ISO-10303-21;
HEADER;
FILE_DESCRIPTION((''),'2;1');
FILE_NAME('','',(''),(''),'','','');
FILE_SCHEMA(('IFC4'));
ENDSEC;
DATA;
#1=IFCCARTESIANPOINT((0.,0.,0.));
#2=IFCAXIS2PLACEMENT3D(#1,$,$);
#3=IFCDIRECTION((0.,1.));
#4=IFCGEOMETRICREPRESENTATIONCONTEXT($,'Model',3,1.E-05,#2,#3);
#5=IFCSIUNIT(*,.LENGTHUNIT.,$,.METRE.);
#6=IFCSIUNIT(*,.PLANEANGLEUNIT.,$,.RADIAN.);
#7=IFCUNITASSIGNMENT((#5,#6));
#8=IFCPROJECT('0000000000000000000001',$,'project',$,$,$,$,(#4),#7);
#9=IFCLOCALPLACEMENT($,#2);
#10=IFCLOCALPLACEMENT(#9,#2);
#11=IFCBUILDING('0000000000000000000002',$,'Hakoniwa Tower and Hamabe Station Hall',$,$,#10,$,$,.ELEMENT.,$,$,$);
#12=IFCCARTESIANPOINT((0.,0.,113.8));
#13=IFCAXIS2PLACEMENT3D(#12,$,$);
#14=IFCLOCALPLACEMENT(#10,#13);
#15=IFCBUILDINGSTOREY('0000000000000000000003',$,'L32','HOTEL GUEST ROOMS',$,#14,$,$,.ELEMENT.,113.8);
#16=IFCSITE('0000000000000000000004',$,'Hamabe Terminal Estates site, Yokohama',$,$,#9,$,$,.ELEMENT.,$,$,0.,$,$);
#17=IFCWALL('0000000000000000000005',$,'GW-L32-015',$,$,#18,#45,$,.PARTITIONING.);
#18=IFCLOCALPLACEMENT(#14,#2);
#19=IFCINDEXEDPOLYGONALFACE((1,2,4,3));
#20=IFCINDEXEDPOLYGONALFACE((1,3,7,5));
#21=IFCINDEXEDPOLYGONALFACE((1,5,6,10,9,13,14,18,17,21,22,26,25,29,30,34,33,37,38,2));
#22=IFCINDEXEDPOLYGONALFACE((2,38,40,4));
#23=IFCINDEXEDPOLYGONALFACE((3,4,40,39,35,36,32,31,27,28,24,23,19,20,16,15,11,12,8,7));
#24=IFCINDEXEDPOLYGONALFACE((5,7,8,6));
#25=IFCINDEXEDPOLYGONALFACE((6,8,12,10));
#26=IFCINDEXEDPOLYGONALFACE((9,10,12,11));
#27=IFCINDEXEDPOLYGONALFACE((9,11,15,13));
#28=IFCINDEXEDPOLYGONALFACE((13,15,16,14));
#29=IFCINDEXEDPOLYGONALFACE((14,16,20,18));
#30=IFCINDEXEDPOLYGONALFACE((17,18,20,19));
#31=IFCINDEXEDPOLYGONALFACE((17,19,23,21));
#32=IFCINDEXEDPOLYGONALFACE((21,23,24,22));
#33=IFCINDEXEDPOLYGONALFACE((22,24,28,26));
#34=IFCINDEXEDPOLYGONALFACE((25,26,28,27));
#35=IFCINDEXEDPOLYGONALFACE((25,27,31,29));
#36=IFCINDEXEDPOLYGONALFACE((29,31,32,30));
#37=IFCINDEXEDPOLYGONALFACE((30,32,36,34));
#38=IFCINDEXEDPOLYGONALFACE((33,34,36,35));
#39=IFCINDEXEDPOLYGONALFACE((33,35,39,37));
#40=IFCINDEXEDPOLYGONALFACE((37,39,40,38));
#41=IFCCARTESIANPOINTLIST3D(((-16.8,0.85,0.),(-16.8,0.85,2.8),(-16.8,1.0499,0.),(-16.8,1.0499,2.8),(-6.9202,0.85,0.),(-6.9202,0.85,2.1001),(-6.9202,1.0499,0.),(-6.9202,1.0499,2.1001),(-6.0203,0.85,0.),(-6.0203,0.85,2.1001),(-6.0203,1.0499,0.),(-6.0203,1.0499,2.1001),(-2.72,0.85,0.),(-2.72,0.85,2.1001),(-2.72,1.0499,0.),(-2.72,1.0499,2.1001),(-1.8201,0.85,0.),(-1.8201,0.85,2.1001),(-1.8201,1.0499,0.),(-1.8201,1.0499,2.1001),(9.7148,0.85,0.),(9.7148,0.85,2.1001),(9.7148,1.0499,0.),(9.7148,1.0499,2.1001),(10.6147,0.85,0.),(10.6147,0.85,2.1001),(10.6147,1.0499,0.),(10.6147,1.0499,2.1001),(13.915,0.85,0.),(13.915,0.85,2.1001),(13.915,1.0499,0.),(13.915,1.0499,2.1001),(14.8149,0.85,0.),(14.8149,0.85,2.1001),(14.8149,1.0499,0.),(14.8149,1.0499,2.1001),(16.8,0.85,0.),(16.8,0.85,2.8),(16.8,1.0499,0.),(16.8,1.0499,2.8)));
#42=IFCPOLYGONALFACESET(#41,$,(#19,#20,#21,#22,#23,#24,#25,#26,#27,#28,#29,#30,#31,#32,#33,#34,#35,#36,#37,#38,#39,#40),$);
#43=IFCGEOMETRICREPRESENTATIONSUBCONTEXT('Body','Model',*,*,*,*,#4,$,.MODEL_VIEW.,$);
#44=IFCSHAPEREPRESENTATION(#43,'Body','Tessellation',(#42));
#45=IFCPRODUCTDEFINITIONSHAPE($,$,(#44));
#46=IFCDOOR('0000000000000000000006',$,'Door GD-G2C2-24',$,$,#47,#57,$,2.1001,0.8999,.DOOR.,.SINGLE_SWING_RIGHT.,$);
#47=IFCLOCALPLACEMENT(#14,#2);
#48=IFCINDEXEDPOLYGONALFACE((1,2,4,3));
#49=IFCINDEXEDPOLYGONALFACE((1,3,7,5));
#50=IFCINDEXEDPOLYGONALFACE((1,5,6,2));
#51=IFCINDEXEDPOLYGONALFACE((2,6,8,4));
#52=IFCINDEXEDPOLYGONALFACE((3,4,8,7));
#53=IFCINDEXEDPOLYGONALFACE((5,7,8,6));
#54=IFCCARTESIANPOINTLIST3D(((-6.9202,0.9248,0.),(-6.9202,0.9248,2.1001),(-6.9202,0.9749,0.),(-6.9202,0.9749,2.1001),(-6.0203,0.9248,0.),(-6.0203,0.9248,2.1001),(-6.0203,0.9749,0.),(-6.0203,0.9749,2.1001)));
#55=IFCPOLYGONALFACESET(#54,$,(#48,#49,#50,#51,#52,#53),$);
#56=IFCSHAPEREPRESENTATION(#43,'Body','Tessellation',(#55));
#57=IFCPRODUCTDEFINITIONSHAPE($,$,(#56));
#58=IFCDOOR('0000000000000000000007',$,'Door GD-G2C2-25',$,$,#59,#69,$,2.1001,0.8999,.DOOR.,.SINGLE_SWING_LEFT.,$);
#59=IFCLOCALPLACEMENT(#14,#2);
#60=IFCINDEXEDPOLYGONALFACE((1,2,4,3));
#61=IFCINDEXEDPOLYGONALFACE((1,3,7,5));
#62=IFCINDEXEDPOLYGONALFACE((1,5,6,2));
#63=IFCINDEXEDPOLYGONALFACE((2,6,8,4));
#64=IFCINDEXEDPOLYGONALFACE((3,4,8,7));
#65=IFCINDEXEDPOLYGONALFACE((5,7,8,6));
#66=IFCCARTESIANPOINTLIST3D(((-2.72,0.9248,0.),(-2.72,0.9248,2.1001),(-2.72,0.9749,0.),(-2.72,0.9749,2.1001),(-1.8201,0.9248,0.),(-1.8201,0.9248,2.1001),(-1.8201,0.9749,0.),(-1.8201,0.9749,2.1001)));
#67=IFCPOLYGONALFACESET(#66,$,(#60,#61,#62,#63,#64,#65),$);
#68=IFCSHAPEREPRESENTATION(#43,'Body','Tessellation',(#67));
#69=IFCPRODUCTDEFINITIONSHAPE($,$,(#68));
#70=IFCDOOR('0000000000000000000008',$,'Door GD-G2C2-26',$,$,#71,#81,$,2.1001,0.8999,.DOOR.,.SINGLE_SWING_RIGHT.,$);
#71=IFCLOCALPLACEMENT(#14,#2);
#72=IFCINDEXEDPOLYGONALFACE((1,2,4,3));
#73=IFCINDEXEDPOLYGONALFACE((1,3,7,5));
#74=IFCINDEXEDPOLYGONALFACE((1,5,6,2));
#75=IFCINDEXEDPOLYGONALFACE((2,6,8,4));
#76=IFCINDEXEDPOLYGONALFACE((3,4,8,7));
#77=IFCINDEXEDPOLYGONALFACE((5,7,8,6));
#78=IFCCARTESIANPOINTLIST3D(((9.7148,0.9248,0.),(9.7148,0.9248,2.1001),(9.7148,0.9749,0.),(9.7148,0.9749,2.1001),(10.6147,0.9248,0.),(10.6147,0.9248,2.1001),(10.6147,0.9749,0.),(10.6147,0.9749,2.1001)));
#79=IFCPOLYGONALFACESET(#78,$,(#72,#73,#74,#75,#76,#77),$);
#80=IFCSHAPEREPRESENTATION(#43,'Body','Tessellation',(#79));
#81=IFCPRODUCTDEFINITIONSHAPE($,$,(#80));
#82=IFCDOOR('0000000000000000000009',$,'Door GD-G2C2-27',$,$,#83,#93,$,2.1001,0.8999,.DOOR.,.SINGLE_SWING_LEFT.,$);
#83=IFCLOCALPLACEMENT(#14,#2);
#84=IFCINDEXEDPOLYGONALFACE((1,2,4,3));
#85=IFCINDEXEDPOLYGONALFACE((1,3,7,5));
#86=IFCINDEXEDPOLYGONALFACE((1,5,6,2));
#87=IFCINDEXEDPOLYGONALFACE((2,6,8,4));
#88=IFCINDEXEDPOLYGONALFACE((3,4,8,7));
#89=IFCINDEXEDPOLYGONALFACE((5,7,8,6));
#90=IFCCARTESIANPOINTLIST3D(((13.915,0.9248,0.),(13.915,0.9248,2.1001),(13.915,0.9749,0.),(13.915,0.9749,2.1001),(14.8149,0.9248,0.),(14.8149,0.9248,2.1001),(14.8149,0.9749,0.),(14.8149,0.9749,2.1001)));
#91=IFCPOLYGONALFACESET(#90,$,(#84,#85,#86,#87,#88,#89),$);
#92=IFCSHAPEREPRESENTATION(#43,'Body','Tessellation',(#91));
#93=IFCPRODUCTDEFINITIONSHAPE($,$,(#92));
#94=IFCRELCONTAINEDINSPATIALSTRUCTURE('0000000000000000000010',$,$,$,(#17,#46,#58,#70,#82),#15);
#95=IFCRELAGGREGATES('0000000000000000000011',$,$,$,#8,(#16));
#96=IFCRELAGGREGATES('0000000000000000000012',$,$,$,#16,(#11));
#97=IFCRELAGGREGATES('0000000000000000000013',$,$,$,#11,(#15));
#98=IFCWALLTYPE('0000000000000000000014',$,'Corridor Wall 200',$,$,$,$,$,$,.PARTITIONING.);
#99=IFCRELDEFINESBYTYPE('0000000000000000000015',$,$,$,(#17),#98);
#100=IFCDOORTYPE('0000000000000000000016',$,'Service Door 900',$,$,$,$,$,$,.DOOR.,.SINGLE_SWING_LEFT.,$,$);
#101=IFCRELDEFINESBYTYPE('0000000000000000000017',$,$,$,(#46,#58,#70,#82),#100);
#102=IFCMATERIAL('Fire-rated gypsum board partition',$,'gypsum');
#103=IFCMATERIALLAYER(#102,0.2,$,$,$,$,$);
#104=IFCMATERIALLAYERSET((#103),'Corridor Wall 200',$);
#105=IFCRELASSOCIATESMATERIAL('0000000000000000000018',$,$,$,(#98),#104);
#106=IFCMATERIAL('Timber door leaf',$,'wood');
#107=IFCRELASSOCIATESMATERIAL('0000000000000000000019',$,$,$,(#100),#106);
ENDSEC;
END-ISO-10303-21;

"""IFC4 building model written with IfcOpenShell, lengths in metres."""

from ifc_helpers import new_model, si_unit, direction, frame, frame_2d, origin, place, context, subcontext, project, spatial, rectangle, extrude, material, layer, layer_set, type_object, element, fill, save


model = new_model("IFC4")

# Units and contexts
model_context = context("Model", 3, precision=1e-05, world=origin(), true_north=direction((0.0, 1.0)))
body_context = subcontext(model_context, "Body", "Model", "MODEL_VIEW")
ifc_project = project(units=[si_unit("LENGTHUNIT", "METRE"), si_unit("PLANEANGLEUNIT", "RADIAN")], contexts=[model_context])

# Site, building, storey
site_placement = place(None, origin())
site = spatial("IfcSite", under=ifc_project, at=site_placement, Name="Hamabe Terminal Estates site, Yokohama", CompositionType="ELEMENT", RefElevation=0.0)
building_placement = place(site_placement, origin())
building = spatial("IfcBuilding", under=site, at=building_placement, Name="Hakoniwa Tower and Hamabe Station Hall", CompositionType="ELEMENT")
storey_placement = place(building_placement, frame((0.0, 0.0, 113.8)))
storey = spatial("IfcBuildingStorey", under=building, at=storey_placement, Name="L32", Description="HOTEL GUEST ROOMS", CompositionType="ELEMENT", Elevation=113.8)

# Wall, openings, doors
ifc_material_1 = material(Name="Fire-rated gypsum board partition", Category="gypsum")
ifc_layer_1 = layer(ifc_material_1, 0.2)
ifc_layer_set_1 = layer_set([ifc_layer_1], Name="Corridor Wall 200")
wall_type_1 = type_object("IfcWallType", Name="Corridor Wall 200", PredefinedType="PARTITIONING", material=ifc_layer_set_1)
ifc_material_2 = material(Name="Timber door leaf", Category="wood")
door_type_1 = type_object("IfcDoorType", Name="Service Door 900", OperationType="SINGLE_SWING_LEFT", PredefinedType="DOOR", material=ifc_material_2)
wall_1_placement = place(storey_placement, frame((-16.8, 0.95, 0.0), z_axis=(0.0, 0.0, 1.0), x_axis=(1.0, 0.0, 0.0)))
wall_1 = element("IfcWall", 1, at=wall_1_placement, inside=storey, type_object=wall_type_1, Name="GW-L32-015", PredefinedType="PARTITIONING", context=body_context, shape_type="SweptSolid", body=[
    extrude(rectangle(XDim=33.6001, YDim=0.2, at=frame_2d((16.8, 0.0))), origin(), (0.0, 0.0, 1.0), 2.8),
])
opening_1_placement = place(wall_1_placement, frame((9.8799, 0.0, 0.0)))
opening_1 = element("IfcOpeningElement", 2, at=opening_1_placement, cuts=wall_1, PredefinedType="OPENING", context=body_context, shape_type="SweptSolid", body=[
    extrude(rectangle(XDim=0.8999, YDim=2.1001, at=frame_2d((0.45, 1.05))), frame((0.0, 0.1099, 0.0), z_axis=(0.0, -1.0, 0.0), x_axis=(1.0, 0.0, 0.0)), (0.0, 0.0, 1.0), 0.22),
])
opening_2_placement = place(wall_1_placement, frame((14.0801, 0.0, 0.0)))
opening_2 = element("IfcOpeningElement", 3, at=opening_2_placement, cuts=wall_1, PredefinedType="OPENING", context=body_context, shape_type="SweptSolid", body=[
    extrude(rectangle(XDim=0.8999, YDim=2.1001, at=frame_2d((0.45, 1.05))), frame((0.0, 0.1099, 0.0), z_axis=(0.0, -1.0, 0.0), x_axis=(1.0, 0.0, 0.0)), (0.0, 0.0, 1.0), 0.22),
])
opening_3_placement = place(wall_1_placement, frame((26.5149, 0.0, 0.0)))
opening_3 = element("IfcOpeningElement", 4, at=opening_3_placement, cuts=wall_1, PredefinedType="OPENING", context=body_context, shape_type="SweptSolid", body=[
    extrude(rectangle(XDim=0.8999, YDim=2.1001, at=frame_2d((0.45, 1.05))), frame((0.0, 0.1099, 0.0), z_axis=(0.0, -1.0, 0.0), x_axis=(1.0, 0.0, 0.0)), (0.0, 0.0, 1.0), 0.22),
])
opening_4_placement = place(wall_1_placement, frame((30.7151, 0.0, 0.0)))
opening_4 = element("IfcOpeningElement", 5, at=opening_4_placement, cuts=wall_1, PredefinedType="OPENING", context=body_context, shape_type="SweptSolid", body=[
    extrude(rectangle(XDim=0.8999, YDim=2.1001, at=frame_2d((0.45, 1.05))), frame((0.0, 0.1099, 0.0), z_axis=(0.0, -1.0, 0.0), x_axis=(1.0, 0.0, 0.0)), (0.0, 0.0, 1.0), 0.22),
])
door_1_placement = place(opening_1_placement, origin())
door_1 = element("IfcDoor", 6, at=door_1_placement, inside=storey, type_object=door_type_1, Name="Door GD-G2C2-24", OperationType="SINGLE_SWING_RIGHT", OverallHeight=2.1001, OverallWidth=0.8999, PredefinedType="DOOR", context=body_context, shape_type="SweptSolid", body=[
    extrude(rectangle(XDim=0.8999, YDim=2.1001, at=frame_2d((0.45, 1.05))), frame((0.0, 0.0249, 0.0), z_axis=(0.0, -1.0, 0.0), x_axis=(1.0, 0.0, 0.0)), (0.0, 0.0, 1.0), 0.05),
])
fill(opening_1, door_1)
door_2_placement = place(opening_2_placement, origin())
door_2 = element("IfcDoor", 7, at=door_2_placement, inside=storey, type_object=door_type_1, Name="Door GD-G2C2-25", OperationType="SINGLE_SWING_LEFT", OverallHeight=2.1001, OverallWidth=0.8999, PredefinedType="DOOR", context=body_context, shape_type="SweptSolid", body=[
    extrude(rectangle(XDim=0.8999, YDim=2.1001, at=frame_2d((0.45, 1.05))), frame((0.0, 0.0249, 0.0), z_axis=(0.0, -1.0, 0.0), x_axis=(1.0, 0.0, 0.0)), (0.0, 0.0, 1.0), 0.05),
])
fill(opening_2, door_2)
door_3_placement = place(opening_3_placement, origin())
door_3 = element("IfcDoor", 8, at=door_3_placement, inside=storey, type_object=door_type_1, Name="Door GD-G2C2-26", OperationType="SINGLE_SWING_RIGHT", OverallHeight=2.1001, OverallWidth=0.8999, PredefinedType="DOOR", context=body_context, shape_type="SweptSolid", body=[
    extrude(rectangle(XDim=0.8999, YDim=2.1001, at=frame_2d((0.45, 1.05))), frame((0.0, 0.0249, 0.0), z_axis=(0.0, -1.0, 0.0), x_axis=(1.0, 0.0, 0.0)), (0.0, 0.0, 1.0), 0.05),
])
fill(opening_3, door_3)
door_4_placement = place(opening_4_placement, origin())
door_4 = element("IfcDoor", 9, at=door_4_placement, inside=storey, type_object=door_type_1, Name="Door GD-G2C2-27", OperationType="SINGLE_SWING_LEFT", OverallHeight=2.1001, OverallWidth=0.8999, PredefinedType="DOOR", context=body_context, shape_type="SweptSolid", body=[
    extrude(rectangle(XDim=0.8999, YDim=2.1001, at=frame_2d((0.45, 1.05))), frame((0.0, 0.0249, 0.0), z_axis=(0.0, -1.0, 0.0), x_axis=(1.0, 0.0, 0.0)), (0.0, 0.0, 1.0), 0.05),
])
fill(opening_4, door_4)

save(model, "model.ifc")
